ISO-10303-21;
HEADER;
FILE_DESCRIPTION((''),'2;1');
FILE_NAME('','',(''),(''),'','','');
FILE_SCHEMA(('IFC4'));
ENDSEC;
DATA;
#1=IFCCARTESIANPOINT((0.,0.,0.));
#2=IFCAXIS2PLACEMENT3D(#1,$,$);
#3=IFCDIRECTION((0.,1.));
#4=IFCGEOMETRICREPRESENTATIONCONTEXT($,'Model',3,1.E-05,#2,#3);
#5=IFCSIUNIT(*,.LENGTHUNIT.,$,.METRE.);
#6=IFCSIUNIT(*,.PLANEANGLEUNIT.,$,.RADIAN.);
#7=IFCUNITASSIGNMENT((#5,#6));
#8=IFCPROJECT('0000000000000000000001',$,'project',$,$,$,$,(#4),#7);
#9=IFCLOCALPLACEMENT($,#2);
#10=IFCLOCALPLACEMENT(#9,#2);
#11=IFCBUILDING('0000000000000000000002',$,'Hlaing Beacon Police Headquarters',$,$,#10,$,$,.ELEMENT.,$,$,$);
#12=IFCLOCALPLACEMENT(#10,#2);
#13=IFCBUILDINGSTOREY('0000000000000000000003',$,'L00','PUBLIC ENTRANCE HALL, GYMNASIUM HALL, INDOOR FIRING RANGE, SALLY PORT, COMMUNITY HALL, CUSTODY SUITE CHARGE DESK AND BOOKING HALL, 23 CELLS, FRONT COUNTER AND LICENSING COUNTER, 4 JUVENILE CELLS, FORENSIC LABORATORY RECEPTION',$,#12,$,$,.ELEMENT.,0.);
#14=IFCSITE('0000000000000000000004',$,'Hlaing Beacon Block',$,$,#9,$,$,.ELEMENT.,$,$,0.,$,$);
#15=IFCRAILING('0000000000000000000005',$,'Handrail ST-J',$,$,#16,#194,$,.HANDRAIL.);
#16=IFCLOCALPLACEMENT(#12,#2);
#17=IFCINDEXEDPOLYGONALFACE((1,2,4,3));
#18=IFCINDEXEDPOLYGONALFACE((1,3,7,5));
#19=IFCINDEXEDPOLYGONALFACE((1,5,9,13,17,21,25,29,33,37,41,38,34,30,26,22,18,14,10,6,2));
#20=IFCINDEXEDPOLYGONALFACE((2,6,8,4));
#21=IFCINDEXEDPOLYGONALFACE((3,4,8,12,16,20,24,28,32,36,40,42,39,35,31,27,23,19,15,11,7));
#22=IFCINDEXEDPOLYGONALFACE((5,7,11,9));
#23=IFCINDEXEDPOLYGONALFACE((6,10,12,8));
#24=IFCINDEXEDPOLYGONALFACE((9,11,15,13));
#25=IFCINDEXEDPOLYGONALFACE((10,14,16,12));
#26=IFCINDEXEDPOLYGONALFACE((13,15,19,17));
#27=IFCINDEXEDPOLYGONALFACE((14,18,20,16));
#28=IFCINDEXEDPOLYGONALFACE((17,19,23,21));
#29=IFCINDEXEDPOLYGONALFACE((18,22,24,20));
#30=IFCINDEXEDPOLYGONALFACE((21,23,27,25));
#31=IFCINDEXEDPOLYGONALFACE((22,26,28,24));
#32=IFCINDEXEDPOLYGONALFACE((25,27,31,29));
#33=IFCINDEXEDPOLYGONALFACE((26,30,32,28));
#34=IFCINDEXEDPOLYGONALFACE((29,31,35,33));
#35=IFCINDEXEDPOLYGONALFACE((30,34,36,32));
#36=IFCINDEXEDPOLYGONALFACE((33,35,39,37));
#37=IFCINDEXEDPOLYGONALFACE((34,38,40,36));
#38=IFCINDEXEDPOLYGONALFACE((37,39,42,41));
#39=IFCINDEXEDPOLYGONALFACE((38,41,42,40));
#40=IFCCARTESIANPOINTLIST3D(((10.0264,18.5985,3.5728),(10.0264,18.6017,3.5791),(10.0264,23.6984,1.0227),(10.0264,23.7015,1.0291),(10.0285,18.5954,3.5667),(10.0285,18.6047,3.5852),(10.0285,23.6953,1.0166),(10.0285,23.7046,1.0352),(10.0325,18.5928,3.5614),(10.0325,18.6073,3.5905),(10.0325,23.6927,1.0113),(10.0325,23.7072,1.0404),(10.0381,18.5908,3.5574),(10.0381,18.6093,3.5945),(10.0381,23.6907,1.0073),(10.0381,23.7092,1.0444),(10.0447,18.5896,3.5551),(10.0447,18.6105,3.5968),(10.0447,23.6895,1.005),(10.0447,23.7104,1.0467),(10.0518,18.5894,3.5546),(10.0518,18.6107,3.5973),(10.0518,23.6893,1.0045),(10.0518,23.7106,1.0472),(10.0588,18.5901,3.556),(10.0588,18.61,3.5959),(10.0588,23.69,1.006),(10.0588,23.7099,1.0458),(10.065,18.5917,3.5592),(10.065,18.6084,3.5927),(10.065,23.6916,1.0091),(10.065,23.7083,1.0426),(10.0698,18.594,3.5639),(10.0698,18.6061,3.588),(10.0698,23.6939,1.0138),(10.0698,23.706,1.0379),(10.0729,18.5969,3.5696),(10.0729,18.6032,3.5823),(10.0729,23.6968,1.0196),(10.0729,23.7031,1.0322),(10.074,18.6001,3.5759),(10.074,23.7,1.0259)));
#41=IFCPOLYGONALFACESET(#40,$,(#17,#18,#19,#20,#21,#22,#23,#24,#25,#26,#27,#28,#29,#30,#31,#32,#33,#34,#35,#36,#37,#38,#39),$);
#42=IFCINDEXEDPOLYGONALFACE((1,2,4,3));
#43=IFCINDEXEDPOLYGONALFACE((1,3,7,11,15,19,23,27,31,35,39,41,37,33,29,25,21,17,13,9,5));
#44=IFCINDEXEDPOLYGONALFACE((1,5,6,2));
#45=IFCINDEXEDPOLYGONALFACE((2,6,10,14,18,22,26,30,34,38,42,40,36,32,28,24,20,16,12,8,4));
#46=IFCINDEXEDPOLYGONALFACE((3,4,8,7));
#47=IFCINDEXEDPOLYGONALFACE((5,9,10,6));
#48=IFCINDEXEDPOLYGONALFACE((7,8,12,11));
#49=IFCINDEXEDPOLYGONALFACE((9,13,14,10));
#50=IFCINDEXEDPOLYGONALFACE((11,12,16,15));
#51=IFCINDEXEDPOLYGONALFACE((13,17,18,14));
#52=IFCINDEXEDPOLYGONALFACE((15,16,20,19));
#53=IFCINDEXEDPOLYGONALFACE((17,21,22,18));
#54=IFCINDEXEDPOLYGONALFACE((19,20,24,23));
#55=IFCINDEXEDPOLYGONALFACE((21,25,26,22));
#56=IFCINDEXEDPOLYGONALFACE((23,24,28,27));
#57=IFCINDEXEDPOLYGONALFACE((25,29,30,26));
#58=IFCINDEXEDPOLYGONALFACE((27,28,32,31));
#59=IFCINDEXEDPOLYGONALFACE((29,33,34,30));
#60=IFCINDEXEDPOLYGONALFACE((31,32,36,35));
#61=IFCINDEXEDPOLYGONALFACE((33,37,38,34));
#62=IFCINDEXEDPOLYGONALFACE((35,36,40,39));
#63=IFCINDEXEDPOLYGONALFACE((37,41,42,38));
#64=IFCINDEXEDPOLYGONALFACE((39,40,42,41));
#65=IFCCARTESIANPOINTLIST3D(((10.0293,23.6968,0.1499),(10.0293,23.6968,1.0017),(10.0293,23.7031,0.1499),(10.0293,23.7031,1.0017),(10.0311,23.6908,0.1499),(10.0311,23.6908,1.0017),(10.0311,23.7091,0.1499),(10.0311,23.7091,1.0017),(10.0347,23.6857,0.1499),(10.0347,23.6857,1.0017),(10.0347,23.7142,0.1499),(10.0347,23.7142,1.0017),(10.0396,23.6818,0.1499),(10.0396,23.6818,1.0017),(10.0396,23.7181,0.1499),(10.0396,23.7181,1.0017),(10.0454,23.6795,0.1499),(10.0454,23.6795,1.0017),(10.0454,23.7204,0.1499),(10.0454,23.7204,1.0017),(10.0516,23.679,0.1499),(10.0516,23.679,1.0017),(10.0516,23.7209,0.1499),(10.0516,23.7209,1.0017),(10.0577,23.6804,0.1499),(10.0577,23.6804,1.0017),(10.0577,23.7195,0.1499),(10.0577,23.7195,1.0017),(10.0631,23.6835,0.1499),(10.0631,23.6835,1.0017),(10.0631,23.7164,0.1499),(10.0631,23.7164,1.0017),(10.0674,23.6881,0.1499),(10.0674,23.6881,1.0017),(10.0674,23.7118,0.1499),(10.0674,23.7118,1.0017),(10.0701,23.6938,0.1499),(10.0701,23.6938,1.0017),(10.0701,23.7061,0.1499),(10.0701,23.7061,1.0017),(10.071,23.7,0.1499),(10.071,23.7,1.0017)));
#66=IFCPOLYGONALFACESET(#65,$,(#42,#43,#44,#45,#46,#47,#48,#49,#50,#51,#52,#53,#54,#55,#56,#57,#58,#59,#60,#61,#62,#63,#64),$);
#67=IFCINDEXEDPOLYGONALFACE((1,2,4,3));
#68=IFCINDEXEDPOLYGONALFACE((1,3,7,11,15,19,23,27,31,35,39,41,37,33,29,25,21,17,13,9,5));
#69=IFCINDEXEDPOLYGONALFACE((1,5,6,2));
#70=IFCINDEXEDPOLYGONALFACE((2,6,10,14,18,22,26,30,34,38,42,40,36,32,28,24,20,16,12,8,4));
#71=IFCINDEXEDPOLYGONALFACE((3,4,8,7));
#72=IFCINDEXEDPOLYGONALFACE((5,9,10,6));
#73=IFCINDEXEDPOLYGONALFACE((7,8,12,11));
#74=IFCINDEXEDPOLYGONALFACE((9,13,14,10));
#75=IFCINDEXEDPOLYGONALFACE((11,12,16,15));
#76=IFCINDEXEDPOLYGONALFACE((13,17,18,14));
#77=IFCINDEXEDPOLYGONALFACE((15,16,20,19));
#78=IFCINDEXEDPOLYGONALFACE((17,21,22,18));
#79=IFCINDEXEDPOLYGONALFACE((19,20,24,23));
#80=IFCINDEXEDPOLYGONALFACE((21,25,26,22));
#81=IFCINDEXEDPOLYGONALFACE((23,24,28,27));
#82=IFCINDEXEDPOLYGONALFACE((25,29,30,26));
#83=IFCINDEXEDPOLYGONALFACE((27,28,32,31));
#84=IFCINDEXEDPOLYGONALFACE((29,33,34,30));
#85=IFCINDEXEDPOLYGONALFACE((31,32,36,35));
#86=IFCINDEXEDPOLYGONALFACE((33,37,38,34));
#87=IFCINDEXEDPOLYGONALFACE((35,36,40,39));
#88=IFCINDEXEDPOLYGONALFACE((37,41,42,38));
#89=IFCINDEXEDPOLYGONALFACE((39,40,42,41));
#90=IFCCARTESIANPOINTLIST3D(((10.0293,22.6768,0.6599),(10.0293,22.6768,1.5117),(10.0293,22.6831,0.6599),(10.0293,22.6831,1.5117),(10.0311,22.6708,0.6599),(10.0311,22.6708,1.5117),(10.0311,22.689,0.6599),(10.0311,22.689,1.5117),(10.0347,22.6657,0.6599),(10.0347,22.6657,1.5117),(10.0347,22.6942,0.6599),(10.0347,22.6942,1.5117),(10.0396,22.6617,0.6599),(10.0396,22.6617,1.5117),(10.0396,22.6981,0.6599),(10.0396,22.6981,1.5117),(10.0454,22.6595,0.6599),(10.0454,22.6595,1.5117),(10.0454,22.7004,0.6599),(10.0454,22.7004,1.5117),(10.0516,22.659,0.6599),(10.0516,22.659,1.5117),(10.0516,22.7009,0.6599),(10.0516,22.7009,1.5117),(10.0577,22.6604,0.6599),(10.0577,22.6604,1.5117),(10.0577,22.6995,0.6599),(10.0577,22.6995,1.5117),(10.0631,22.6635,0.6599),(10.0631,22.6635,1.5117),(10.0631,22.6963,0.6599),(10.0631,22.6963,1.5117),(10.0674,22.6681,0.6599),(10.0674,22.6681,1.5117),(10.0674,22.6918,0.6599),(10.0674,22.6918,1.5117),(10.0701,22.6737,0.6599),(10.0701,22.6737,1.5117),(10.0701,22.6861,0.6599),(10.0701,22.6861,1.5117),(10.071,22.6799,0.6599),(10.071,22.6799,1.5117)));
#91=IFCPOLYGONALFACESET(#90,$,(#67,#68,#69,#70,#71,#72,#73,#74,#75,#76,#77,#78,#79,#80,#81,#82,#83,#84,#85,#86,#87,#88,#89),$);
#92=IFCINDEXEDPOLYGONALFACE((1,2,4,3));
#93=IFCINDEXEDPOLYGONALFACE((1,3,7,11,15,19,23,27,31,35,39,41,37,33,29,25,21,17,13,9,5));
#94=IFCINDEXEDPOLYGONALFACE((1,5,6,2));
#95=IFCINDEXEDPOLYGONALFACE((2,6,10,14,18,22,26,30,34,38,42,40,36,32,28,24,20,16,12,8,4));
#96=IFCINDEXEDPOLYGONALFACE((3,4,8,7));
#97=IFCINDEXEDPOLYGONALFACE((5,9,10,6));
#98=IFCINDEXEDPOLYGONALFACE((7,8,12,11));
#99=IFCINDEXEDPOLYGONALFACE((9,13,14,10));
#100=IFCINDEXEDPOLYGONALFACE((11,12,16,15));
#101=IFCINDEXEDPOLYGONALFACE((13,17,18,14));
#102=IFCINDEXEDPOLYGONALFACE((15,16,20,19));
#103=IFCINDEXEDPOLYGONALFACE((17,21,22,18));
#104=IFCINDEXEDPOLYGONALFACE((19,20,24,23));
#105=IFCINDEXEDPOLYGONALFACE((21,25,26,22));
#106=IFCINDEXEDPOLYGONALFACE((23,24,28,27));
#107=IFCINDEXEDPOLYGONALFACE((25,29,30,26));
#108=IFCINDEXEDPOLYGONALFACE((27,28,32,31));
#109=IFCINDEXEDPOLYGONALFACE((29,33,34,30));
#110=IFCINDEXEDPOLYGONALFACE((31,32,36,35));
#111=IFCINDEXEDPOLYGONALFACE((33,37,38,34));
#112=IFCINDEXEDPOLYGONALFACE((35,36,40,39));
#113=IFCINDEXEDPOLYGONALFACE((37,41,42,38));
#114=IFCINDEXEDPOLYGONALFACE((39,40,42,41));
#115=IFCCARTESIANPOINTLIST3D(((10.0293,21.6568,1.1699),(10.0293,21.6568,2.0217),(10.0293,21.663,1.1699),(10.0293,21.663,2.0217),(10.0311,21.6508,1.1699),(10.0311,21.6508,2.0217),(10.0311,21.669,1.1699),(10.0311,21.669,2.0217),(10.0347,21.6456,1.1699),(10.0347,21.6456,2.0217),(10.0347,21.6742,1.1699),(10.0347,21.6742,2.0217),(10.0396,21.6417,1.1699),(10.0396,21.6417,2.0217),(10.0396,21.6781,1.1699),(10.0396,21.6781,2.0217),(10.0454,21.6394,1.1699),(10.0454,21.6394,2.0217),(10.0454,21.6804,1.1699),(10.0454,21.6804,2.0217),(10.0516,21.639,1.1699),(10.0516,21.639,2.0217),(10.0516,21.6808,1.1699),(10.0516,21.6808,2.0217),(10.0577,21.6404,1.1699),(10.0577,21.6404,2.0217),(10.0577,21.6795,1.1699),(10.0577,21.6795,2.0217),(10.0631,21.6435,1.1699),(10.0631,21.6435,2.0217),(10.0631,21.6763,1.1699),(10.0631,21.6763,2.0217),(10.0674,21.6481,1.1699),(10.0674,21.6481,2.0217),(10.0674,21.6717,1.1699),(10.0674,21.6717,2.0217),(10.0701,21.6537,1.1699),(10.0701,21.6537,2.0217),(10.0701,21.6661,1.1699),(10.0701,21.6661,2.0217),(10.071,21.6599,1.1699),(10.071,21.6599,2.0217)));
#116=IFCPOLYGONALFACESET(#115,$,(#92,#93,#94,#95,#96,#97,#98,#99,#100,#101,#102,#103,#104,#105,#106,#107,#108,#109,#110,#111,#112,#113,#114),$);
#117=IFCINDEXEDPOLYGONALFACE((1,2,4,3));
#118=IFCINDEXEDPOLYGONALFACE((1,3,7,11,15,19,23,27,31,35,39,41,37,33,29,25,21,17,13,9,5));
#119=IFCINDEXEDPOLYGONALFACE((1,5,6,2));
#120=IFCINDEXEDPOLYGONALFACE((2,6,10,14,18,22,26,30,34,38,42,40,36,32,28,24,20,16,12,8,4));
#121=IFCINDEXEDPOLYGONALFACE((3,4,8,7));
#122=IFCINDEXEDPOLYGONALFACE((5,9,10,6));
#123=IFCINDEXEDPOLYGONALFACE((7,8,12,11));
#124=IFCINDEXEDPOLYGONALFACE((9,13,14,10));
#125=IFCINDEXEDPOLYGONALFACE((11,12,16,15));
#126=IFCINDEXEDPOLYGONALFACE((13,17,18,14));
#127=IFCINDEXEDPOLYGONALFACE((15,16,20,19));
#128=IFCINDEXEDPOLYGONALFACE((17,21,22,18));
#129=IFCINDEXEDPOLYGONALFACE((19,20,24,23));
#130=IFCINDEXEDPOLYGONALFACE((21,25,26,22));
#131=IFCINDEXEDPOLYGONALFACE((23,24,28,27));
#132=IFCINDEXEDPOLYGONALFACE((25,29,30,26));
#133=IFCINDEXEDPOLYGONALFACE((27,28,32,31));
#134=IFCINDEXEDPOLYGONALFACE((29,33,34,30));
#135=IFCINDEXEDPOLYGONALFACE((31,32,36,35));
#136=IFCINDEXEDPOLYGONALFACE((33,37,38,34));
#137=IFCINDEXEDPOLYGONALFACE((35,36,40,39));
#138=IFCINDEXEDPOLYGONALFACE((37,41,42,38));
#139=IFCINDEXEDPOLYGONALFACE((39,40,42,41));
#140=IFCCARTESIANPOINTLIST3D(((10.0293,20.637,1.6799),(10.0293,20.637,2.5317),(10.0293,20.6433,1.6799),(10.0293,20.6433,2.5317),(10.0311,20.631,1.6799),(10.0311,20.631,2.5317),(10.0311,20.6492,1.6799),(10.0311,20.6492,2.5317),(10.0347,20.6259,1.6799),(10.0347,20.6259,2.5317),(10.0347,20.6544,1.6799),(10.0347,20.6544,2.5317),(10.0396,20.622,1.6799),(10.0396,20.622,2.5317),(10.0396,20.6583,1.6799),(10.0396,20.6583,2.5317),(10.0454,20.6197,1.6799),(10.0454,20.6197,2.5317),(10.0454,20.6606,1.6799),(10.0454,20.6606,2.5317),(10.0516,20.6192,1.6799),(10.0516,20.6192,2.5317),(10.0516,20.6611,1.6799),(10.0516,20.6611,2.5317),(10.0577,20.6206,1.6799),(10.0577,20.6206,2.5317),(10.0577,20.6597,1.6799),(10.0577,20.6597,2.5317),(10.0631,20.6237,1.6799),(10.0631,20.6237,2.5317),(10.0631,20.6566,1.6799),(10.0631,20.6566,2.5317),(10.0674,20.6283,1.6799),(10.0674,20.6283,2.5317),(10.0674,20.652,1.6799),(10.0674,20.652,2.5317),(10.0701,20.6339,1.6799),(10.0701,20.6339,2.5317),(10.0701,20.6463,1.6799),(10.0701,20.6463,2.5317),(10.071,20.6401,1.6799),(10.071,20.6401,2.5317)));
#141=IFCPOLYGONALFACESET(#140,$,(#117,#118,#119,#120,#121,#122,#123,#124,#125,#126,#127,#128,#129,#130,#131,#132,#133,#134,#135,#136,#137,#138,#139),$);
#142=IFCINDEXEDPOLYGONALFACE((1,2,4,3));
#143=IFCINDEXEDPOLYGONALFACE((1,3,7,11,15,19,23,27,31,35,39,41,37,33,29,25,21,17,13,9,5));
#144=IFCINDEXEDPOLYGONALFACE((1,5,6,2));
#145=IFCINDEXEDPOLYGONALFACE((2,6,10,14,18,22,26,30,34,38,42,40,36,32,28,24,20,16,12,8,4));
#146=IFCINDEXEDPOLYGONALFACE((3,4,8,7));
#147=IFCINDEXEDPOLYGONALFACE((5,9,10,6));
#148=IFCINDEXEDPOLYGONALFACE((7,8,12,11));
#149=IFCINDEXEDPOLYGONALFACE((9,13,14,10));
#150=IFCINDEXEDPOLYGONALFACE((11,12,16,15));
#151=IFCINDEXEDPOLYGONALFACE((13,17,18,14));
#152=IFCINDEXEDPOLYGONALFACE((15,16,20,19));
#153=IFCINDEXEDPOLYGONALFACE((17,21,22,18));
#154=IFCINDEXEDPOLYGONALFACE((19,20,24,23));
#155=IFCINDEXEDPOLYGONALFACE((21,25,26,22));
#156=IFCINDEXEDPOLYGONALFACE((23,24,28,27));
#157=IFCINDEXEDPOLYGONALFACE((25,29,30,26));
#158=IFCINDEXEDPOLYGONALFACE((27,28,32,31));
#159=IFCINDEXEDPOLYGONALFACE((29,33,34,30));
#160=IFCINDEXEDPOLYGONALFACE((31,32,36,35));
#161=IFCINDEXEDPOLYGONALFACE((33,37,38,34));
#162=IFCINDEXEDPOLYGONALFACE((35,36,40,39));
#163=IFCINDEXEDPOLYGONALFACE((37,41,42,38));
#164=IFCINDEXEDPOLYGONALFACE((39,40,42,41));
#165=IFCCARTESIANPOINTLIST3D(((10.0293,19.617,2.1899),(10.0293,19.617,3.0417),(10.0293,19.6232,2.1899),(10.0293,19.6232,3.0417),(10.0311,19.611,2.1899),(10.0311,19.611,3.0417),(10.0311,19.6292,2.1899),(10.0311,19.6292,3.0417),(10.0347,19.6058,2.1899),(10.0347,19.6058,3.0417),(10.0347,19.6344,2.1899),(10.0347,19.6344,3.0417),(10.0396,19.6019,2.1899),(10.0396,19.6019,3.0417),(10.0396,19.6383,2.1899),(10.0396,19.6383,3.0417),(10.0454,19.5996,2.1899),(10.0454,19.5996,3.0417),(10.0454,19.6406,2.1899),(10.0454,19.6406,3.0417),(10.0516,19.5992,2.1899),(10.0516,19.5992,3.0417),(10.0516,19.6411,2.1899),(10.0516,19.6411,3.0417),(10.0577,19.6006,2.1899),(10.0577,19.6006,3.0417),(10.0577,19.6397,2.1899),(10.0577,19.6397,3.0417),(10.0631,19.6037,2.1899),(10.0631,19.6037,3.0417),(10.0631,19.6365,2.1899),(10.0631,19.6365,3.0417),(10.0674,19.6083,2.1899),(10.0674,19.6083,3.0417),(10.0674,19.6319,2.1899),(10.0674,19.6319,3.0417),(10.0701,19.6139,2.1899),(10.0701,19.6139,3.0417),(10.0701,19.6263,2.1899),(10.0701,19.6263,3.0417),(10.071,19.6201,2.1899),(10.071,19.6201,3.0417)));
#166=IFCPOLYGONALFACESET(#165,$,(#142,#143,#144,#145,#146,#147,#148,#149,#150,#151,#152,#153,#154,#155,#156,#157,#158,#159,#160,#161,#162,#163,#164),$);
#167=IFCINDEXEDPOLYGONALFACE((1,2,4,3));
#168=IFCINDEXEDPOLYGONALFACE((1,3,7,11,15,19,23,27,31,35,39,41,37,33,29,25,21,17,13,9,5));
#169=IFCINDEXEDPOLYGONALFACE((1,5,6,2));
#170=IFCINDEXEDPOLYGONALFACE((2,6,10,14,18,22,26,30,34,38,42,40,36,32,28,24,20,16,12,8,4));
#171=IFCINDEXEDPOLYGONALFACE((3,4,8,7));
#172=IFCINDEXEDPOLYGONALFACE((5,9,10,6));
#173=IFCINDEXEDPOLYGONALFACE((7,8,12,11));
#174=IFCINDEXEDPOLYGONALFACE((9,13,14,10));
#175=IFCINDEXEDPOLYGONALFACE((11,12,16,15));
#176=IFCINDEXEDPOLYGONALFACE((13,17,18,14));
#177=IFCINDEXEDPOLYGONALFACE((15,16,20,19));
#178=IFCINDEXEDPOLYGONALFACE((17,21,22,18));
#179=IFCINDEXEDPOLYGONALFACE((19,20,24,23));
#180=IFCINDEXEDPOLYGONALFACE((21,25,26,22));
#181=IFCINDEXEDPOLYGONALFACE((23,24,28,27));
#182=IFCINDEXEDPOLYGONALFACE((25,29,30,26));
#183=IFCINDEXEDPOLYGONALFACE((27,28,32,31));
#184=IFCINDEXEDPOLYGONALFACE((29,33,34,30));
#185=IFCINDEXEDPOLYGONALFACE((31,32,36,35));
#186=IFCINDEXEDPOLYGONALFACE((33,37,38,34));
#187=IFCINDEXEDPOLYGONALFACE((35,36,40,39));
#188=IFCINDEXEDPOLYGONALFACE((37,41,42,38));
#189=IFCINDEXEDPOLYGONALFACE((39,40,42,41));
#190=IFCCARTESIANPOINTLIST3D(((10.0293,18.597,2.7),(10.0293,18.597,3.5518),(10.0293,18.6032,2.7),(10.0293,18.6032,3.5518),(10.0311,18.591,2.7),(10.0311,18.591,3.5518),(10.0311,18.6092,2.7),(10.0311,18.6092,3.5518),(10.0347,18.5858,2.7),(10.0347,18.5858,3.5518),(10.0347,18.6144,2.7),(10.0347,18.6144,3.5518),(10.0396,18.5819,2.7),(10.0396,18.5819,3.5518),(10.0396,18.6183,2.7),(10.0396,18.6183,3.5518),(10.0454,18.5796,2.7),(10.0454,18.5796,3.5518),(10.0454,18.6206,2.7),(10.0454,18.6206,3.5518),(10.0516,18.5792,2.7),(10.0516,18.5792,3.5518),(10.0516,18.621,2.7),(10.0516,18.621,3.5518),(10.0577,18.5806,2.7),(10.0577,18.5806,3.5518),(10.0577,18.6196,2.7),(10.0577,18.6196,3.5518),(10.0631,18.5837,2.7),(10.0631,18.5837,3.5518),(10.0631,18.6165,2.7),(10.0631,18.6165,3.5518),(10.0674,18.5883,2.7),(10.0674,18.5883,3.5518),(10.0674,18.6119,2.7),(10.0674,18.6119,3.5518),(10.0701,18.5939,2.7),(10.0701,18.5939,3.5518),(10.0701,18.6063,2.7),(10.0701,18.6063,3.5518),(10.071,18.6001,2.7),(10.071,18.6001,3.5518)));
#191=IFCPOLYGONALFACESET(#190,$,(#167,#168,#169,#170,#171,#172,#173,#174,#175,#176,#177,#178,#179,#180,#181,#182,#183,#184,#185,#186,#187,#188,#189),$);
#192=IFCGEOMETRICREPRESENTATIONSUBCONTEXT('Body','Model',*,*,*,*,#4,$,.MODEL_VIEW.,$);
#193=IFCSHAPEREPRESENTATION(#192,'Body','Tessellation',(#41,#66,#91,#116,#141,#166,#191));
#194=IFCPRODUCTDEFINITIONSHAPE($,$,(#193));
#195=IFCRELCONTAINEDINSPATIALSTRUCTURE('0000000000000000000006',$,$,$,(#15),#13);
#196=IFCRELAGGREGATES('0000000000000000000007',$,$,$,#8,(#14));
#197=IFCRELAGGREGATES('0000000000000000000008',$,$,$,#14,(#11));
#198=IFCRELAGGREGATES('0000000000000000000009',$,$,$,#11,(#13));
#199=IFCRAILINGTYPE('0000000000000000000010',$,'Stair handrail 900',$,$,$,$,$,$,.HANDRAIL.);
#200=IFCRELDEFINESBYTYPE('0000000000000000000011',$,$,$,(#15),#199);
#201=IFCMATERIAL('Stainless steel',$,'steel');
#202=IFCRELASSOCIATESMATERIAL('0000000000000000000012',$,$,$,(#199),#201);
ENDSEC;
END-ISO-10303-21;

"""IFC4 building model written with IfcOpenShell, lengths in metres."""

from ifc_helpers import new_model, si_unit, direction, frame, origin, origin_2d, place, context, subcontext, project, spatial, circle, extrude, material, type_object, element, save


model = new_model("IFC4")

# Units and contexts
model_context = context("Model", 3, precision=1e-05, world=origin(), true_north=direction((0.0, 1.0)))
body_context = subcontext(model_context, "Body", "Model", "MODEL_VIEW")
ifc_project = project(units=[si_unit("LENGTHUNIT", "METRE"), si_unit("PLANEANGLEUNIT", "RADIAN")], contexts=[model_context])

# Site, building, storey
site_placement = place(None, origin())
site = spatial("IfcSite", under=ifc_project, at=site_placement, Name="Hlaing Beacon Block", CompositionType="ELEMENT", RefElevation=0.0)
building_placement = place(site_placement, origin())
building = spatial("IfcBuilding", under=site, at=building_placement, Name="Hlaing Beacon Police Headquarters", CompositionType="ELEMENT")
storey_placement = place(building_placement, origin())
storey = spatial("IfcBuildingStorey", under=building, at=storey_placement, Name="L00", Description="PUBLIC ENTRANCE HALL, GYMNASIUM HALL, INDOOR FIRING RANGE, SALLY PORT, COMMUNITY HALL, CUSTODY SUITE CHARGE DESK AND BOOKING HALL, 23 CELLS, FRONT COUNTER AND LICENSING COUNTER, 4 JUVENILE CELLS, FORENSIC LABORATORY RECEPTION", CompositionType="ELEMENT", Elevation=0.0)

# Railing
ifc_material_1 = material(Name="Stainless steel", Category="steel")
railing_type_1 = type_object("IfcRailingType", Name="Stair handrail 900", PredefinedType="HANDRAIL", material=ifc_material_1)
for number, where, name in (
    (1, (10.05, 23.7, 0.1499), "Handrail ST-J"),
):
    element("IfcRailing", number, at=place(storey_placement, frame(where)), inside=storey, type_object=railing_type_1, Name=name, PredefinedType="HANDRAIL", context=body_context, shape_type="SweptSolid", body=[
        extrude(circle(Radius=0.0239, at=origin_2d()), frame((0.0, 0.0, 0.876), z_axis=(0.0, -0.894419, 0.447231), x_axis=(1.0, 0.0, 0.0)), (0.0, 0.0, 1.0), 5.7019),
        extrude(circle(Radius=0.021, at=origin_2d()), origin(), (0.0, 0.0, 1.0), 0.8518),
        extrude(circle(Radius=0.021, at=origin_2d()), frame((0.0, -1.02, 0.51)), (0.0, 0.0, 1.0), 0.8518),
        extrude(circle(Radius=0.021, at=origin_2d()), frame((0.0, -2.04, 1.02)), (0.0, 0.0, 1.0), 0.8518),
        extrude(circle(Radius=0.021, at=origin_2d()), frame((0.0, -3.0598, 1.53)), (0.0, 0.0, 1.0), 0.8518),
        extrude(circle(Radius=0.021, at=origin_2d()), frame((0.0, -4.0798, 2.04)), (0.0, 0.0, 1.0), 0.8518),
        extrude(circle(Radius=0.021, at=origin_2d()), frame((0.0, -5.0999, 2.55)), (0.0, 0.0, 1.0), 0.8518),
    ])

save(model, "model.ifc")
